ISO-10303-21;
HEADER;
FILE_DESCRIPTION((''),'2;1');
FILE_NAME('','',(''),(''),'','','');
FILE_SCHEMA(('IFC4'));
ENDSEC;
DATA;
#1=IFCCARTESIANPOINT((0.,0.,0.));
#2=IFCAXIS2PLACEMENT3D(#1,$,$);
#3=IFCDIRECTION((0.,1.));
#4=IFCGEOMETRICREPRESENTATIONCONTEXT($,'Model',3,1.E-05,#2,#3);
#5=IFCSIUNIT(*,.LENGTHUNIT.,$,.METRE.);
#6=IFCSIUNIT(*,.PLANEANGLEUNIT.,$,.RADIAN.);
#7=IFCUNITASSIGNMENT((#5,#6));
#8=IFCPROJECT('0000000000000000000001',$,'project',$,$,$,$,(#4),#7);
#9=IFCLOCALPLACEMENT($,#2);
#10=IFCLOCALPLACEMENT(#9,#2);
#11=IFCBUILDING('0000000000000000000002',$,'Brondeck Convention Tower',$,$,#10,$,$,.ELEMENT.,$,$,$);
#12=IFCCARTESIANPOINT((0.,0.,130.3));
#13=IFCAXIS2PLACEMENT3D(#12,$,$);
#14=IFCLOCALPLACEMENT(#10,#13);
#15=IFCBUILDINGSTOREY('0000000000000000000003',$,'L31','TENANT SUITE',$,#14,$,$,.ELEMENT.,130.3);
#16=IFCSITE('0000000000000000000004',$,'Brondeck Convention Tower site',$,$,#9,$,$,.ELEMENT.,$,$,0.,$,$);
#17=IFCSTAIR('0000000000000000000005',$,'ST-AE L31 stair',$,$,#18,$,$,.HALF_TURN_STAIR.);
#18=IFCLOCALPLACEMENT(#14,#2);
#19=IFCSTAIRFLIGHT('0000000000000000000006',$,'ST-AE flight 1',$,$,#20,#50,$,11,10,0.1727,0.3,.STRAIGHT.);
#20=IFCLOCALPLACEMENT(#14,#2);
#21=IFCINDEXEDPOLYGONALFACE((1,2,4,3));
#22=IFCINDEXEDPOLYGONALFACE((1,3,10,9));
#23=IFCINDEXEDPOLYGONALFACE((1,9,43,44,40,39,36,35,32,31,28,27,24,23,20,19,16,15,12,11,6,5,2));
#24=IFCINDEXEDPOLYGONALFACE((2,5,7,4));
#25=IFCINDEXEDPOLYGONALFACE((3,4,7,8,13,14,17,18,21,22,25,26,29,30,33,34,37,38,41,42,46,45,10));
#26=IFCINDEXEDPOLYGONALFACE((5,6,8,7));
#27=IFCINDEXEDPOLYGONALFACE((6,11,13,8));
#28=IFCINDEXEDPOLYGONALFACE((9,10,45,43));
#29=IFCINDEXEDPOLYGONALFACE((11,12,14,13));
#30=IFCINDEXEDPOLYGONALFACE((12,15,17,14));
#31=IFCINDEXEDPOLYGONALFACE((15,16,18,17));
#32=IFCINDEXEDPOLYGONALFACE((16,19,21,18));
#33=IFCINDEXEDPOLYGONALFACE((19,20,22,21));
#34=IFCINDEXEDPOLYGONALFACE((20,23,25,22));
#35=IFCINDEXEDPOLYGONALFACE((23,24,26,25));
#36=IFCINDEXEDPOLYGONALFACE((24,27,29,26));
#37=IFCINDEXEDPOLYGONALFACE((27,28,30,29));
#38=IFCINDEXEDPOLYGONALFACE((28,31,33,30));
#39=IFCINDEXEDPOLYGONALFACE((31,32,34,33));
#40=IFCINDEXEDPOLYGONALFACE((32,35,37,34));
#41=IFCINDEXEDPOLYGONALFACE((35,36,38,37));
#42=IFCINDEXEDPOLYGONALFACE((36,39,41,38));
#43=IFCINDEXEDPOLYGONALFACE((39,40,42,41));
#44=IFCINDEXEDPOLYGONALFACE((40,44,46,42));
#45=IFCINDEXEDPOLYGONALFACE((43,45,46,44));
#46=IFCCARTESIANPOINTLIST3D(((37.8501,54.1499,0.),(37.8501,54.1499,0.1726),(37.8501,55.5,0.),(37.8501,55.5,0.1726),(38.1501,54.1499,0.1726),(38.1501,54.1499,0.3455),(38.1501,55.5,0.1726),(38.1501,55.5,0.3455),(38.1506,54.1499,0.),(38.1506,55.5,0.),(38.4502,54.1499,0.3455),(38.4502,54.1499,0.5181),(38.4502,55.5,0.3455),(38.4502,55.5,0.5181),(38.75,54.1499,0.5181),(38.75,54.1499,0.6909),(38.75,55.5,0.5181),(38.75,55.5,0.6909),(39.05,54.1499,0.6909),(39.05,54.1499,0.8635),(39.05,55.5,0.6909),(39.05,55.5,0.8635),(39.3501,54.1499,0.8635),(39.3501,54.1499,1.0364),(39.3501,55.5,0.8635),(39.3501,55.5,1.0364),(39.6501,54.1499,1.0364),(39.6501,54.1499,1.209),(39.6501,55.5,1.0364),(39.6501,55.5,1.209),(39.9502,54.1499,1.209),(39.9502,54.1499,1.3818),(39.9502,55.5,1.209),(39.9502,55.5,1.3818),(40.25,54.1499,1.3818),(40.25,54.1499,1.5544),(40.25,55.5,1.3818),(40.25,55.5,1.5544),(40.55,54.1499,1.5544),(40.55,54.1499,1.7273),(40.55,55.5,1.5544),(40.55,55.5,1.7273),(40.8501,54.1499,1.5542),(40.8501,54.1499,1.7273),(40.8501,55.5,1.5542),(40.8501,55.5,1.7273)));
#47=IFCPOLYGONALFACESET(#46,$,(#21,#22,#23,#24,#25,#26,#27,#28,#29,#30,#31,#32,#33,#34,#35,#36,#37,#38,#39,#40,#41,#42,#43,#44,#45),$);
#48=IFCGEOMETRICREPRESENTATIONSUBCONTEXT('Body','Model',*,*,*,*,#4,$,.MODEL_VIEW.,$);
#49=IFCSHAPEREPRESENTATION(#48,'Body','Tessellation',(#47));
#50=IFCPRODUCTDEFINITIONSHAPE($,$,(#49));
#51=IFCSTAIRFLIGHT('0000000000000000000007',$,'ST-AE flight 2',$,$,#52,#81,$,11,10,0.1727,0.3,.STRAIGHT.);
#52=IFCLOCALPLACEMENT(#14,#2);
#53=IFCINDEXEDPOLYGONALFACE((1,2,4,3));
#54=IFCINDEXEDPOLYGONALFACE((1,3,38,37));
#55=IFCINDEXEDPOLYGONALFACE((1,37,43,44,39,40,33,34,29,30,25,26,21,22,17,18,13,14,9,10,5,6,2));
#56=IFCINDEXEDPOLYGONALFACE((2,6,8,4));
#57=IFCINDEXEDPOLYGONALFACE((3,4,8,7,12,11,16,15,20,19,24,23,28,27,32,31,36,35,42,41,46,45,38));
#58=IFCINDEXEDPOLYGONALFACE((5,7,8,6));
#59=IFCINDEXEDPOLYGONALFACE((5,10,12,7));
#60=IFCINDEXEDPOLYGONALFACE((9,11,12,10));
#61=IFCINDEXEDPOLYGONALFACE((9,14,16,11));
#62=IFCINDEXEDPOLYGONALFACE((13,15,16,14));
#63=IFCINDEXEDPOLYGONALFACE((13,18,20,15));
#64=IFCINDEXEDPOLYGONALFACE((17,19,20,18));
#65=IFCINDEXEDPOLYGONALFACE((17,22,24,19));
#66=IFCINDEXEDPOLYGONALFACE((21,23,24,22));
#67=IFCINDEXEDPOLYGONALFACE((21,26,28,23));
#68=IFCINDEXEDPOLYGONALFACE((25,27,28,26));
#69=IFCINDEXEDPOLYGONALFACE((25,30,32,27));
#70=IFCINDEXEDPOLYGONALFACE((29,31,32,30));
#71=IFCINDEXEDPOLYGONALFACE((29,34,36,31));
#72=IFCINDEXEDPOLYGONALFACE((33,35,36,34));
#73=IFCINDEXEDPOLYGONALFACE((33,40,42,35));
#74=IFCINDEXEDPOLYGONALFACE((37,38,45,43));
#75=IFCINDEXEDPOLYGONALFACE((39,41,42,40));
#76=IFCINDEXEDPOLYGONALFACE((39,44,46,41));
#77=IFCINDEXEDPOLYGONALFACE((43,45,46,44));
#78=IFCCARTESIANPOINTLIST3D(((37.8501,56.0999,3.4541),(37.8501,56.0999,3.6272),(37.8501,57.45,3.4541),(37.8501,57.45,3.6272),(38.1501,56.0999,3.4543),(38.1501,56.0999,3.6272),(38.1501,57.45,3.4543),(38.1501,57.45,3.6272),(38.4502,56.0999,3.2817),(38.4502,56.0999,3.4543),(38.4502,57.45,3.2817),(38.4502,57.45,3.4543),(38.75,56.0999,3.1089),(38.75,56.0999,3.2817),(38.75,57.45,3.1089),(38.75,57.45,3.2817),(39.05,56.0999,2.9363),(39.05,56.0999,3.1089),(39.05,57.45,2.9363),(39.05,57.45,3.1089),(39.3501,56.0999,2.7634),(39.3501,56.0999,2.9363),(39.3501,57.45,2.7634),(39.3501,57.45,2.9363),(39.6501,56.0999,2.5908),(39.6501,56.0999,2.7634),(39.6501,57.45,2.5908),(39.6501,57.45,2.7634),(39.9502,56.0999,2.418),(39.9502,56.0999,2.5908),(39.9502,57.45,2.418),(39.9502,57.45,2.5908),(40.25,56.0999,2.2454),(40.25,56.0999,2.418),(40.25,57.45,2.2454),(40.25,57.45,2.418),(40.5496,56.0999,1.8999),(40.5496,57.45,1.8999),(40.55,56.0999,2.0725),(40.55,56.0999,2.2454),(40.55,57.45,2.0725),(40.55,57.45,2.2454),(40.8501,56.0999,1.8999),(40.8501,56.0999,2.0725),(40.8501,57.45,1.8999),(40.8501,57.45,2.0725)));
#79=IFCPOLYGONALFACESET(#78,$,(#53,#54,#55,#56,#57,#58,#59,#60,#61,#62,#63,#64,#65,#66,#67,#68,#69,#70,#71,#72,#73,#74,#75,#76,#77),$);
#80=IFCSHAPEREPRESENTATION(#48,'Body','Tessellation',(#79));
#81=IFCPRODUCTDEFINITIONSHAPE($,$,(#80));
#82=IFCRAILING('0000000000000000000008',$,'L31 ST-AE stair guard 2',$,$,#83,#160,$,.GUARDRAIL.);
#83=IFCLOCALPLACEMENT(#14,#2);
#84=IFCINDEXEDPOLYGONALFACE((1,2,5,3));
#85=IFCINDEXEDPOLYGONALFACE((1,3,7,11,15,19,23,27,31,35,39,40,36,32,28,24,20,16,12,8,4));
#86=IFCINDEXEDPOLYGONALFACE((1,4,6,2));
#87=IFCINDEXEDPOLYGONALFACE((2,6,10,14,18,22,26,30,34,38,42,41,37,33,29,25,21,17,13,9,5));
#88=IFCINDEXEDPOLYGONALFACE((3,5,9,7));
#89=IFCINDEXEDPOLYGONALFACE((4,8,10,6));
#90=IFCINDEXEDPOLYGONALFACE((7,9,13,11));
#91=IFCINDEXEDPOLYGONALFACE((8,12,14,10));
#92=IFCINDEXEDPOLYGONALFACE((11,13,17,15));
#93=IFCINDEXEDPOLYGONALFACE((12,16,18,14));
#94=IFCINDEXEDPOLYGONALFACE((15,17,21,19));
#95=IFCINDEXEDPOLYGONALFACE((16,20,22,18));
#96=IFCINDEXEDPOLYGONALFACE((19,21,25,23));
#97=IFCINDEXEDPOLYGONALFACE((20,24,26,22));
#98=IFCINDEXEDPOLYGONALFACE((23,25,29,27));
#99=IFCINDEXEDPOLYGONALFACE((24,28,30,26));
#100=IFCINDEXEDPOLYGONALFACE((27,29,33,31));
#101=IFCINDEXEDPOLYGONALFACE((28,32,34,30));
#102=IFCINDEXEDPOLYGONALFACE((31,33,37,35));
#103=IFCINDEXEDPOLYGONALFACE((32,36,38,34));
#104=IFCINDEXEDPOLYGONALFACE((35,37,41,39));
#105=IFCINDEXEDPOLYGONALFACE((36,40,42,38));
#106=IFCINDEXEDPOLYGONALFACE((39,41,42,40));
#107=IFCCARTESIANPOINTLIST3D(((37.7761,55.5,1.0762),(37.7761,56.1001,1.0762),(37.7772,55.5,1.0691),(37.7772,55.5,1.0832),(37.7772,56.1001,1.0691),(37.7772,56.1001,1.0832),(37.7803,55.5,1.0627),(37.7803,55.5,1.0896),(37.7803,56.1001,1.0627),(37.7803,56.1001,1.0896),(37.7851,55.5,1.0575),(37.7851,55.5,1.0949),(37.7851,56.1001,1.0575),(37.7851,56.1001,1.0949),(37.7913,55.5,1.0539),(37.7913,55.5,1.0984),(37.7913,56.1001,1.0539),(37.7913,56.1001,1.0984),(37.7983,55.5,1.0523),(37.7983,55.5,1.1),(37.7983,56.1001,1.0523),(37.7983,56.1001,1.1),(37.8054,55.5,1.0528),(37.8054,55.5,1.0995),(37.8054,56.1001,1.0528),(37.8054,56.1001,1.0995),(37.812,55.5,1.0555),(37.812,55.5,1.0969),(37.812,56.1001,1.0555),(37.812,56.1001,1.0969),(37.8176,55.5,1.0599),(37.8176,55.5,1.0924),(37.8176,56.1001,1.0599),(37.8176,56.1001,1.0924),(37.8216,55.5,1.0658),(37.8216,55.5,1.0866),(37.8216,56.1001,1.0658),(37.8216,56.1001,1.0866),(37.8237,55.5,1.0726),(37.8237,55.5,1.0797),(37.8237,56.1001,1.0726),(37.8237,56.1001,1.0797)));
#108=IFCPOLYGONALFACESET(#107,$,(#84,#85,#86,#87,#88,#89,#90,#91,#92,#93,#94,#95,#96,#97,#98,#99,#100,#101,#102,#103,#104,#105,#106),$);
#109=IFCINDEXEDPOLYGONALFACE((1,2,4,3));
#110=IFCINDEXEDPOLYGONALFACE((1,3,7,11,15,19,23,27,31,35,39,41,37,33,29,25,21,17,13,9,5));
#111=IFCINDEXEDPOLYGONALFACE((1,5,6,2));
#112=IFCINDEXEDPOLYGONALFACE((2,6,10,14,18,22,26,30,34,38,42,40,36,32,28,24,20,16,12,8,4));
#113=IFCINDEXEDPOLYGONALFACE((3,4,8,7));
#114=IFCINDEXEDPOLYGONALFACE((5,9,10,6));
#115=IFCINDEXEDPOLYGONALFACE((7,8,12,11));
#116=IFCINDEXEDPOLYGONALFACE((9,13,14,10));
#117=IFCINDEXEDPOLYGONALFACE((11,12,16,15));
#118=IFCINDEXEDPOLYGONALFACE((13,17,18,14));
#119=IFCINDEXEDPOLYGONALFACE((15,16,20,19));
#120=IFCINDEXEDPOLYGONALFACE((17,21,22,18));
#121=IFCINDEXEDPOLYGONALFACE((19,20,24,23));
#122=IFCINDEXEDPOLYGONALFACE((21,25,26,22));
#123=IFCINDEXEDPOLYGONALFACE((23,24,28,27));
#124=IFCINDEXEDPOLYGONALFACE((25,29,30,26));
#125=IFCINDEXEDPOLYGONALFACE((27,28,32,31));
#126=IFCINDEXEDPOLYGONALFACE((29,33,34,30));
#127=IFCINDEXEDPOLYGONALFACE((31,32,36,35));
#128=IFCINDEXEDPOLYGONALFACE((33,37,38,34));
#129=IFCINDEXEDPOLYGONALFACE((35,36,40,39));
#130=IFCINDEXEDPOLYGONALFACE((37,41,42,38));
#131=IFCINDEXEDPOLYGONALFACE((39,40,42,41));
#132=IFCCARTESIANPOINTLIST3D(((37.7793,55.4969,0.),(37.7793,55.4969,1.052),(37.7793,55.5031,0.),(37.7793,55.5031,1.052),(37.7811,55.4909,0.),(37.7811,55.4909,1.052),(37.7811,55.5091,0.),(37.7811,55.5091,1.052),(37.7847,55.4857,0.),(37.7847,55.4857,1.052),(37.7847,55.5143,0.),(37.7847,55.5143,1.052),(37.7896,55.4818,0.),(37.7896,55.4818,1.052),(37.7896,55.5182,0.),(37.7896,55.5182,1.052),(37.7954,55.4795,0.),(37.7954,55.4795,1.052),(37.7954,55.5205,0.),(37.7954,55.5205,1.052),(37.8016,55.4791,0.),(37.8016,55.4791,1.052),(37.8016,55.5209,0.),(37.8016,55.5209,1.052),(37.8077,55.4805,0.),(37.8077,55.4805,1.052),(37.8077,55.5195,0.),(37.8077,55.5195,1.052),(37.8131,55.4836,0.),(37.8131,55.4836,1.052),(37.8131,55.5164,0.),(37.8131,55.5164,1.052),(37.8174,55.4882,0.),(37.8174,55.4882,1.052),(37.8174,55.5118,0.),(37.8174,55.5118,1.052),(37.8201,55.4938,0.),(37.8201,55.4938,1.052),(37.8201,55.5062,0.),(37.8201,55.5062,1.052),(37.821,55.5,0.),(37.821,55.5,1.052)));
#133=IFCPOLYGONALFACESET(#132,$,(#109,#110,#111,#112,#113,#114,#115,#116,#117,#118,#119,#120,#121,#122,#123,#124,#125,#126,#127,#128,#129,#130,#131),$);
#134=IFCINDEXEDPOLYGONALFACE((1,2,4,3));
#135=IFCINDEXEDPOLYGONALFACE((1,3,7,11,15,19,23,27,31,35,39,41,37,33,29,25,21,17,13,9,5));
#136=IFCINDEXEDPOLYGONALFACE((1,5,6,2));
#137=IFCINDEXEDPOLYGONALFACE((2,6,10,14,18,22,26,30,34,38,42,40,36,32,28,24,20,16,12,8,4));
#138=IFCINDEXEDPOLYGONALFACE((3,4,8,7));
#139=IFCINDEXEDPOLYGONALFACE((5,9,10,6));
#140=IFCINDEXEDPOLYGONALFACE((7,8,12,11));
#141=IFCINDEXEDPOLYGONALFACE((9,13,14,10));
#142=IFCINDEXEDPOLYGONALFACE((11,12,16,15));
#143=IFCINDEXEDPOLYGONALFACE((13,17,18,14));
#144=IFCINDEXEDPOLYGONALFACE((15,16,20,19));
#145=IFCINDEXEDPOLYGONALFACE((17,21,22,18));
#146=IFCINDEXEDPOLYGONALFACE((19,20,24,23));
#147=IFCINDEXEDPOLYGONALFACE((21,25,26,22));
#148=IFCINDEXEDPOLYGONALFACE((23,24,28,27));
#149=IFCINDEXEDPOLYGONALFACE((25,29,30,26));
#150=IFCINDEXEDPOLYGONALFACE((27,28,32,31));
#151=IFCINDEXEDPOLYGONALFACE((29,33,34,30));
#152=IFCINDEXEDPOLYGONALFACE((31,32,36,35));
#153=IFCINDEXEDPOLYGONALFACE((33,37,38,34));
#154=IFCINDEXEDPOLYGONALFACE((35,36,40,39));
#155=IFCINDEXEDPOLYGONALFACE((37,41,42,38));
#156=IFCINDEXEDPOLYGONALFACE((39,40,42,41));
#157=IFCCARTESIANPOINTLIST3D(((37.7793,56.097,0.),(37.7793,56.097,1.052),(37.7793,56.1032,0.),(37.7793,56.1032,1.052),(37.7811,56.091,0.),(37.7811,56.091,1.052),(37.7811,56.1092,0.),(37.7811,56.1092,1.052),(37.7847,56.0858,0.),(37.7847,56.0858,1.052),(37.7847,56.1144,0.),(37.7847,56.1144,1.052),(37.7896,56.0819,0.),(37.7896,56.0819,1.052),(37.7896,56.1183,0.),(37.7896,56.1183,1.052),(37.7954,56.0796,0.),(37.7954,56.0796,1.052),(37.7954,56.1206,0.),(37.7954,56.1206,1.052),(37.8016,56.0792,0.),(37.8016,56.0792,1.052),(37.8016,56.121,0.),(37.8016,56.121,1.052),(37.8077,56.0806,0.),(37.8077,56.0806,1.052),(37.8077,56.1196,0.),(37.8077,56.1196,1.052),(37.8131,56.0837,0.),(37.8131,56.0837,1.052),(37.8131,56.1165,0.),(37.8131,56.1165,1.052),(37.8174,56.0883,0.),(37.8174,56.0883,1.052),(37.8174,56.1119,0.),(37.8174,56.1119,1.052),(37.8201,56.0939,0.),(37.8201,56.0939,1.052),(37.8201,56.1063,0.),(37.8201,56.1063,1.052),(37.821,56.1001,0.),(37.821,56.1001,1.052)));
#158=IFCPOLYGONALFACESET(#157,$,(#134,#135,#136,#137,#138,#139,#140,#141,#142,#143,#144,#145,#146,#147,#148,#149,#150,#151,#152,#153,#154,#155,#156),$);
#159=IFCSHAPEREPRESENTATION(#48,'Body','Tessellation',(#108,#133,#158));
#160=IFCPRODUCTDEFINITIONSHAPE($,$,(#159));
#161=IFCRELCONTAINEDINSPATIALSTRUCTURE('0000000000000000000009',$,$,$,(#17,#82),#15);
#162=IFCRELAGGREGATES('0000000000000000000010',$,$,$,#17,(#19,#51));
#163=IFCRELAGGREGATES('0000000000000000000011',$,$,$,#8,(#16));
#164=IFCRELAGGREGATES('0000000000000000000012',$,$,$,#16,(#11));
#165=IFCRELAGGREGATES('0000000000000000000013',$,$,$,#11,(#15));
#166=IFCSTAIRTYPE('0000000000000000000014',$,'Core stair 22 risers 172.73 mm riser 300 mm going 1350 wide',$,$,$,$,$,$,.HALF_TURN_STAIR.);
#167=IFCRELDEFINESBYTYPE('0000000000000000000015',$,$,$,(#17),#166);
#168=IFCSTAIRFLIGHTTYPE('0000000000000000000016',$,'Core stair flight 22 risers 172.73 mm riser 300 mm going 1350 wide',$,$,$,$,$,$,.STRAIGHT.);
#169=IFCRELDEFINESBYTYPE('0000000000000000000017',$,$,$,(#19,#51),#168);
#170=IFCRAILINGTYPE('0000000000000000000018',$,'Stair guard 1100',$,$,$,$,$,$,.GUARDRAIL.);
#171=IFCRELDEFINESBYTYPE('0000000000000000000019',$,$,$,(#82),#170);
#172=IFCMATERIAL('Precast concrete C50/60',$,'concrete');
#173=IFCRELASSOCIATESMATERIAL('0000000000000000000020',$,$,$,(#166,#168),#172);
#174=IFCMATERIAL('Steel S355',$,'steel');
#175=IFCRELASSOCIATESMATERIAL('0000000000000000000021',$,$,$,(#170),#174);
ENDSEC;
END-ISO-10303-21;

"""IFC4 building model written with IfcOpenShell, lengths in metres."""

from ifc_helpers import new_model, si_unit, direction, frame, origin, origin_2d, place, context, subcontext, project, spatial, polyline, circle, outline, extrude, material, type_object, element, aggregate, save


model = new_model("IFC4")

# Units and contexts
model_context = context("Model", 3, precision=1e-05, world=origin(), true_north=direction((0.0, 1.0)))
body_context = subcontext(model_context, "Body", "Model", "MODEL_VIEW")
ifc_project = project(units=[si_unit("LENGTHUNIT", "METRE"), si_unit("PLANEANGLEUNIT", "RADIAN")], contexts=[model_context])

# Site, building, storey
site_placement = place(None, origin())
site = spatial("IfcSite", under=ifc_project, at=site_placement, Name="Brondeck Convention Tower site", CompositionType="ELEMENT", RefElevation=0.0)
building_placement = place(site_placement, origin())
building = spatial("IfcBuilding", under=site, at=building_placement, Name="Brondeck Convention Tower", CompositionType="ELEMENT")
storey_placement = place(building_placement, frame((0.0, 0.0, 130.3)))
storey = spatial("IfcBuildingStorey", under=building, at=storey_placement, Name="L31", Description="TENANT SUITE", CompositionType="ELEMENT", Elevation=130.3)

# Shared definitions
ifc_material_1 = material(Name="Steel S355", Category="steel")

# Stair, stair flights
ifc_material_2 = material(Name="Precast concrete C50/60", Category="concrete")
stair_type = type_object("IfcStairType", Name="Core stair 22 risers 172.73 mm riser 300 mm going 1350 wide", PredefinedType="HALF_TURN_STAIR", material=ifc_material_2)
stair_placement = place(storey_placement, origin())
stair = element("IfcStair", 1, at=stair_placement, inside=storey, type_object=stair_type, Name="ST-AE L31 stair", PredefinedType="HALF_TURN_STAIR")
stair_flight_type = type_object("IfcStairFlightType", Name="Core stair flight 22 risers 172.73 mm riser 300 mm going 1350 wide", PredefinedType="STRAIGHT", material=ifc_material_2)
stair_flight_1_placement = place(storey_placement, frame((37.8501, 54.825, 0.0), z_axis=(0.0, 0.0, 1.0), x_axis=(1.0, 0.0, 0.0)))
stair_flight_1 = element("IfcStairFlight", 2, at=stair_flight_1_placement, type_object=stair_flight_type, Name="ST-AE flight 1", NumberOfRisers=11, NumberOfTreads=10, PredefinedType="STRAIGHT", RiserHeight=0.1727, TreadLength=0.3, context=body_context, shape_type="SweptSolid", body=[
    extrude(outline(polyline([(0.0, 0.0), (0.0, 0.1726), (0.3, 0.1726), (0.3, 0.3455), (0.6001, 0.3455), (0.6001, 0.5181), (0.8999, 0.5181), (0.8999, 0.6909), (1.2, 0.6909), (1.2, 0.8635), (1.5, 0.8635), (1.5, 1.0364), (1.8, 1.0364), (1.8, 1.209), (2.1001, 1.209), (2.1001, 1.3818), (2.3999, 1.3818), (2.3999, 1.5544), (2.7, 1.5544), (2.7, 1.7273), (3.0, 1.7273), (3.0, 1.8999), (3.0, 1.5542), (0.3005, 0.0), (0.0, 0.0)])), frame((0.0, 0.675, 0.0), z_axis=(0.0, -1.0, 0.0), x_axis=(1.0, 0.0, 0.0)), (0.0, 0.0, 1.0), 1.3501),
])
stair_flight_2_placement = place(storey_placement, frame((40.8501, 56.7749, 1.8999), z_axis=(0.0, 0.0, 1.0), x_axis=(-1.0, 0.0, 0.0)))
stair_flight_2 = element("IfcStairFlight", 3, at=stair_flight_2_placement, type_object=stair_flight_type, Name="ST-AE flight 2", NumberOfRisers=11, NumberOfTreads=10, PredefinedType="STRAIGHT", RiserHeight=0.1727, TreadLength=0.3, context=body_context, shape_type="SweptSolid", body=[
    extrude(outline(polyline([(0.0, 0.0), (0.0, 0.1726), (0.3, 0.1726), (0.3, 0.3455), (0.6001, 0.3455), (0.6001, 0.5181), (0.8999, 0.5181), (0.8999, 0.6909), (1.2, 0.6909), (1.2, 0.8635), (1.5, 0.8635), (1.5, 1.0364), (1.8, 1.0364), (1.8, 1.209), (2.1001, 1.209), (2.1001, 1.3818), (2.3999, 1.3818), (2.3999, 1.5544), (2.7, 1.5544), (2.7, 1.7273), (3.0, 1.7273), (3.0, 1.8999), (3.0, 1.5542), (0.3005, 0.0), (0.0, 0.0)])), frame((0.0, 0.675, 0.0), z_axis=(0.0, -1.0, 0.0), x_axis=(1.0, 0.0, 0.0)), (0.0, 0.0, 1.0), 1.3501),
])
aggregate(stair, [stair_flight_1, stair_flight_2])

# Railing
railing_type_1 = type_object("IfcRailingType", Name="Stair guard 1100", PredefinedType="GUARDRAIL", material=ifc_material_1)
railing_1_placement = place(storey_placement, frame((37.8, 55.5, 0.0)))
element("IfcRailing", 4, at=railing_1_placement, inside=storey, type_object=railing_type_1, Name="L31 ST-AE stair guard 2", PredefinedType="GUARDRAIL", context=body_context, shape_type="SweptSolid", body=[
    extrude(circle(Radius=0.0239, at=origin_2d()), frame((0.0, 0.0, 1.0762), z_axis=(0.0, 1.0, 0.0), x_axis=(-1.0, 0.0, 0.0)), (0.0, 0.0, 1.0), 0.6001),
    extrude(circle(Radius=0.021, at=origin_2d()), origin(), (0.0, 0.0, 1.0), 1.052),
    extrude(circle(Radius=0.021, at=origin_2d()), frame((0.0, 0.6001, 0.0)), (0.0, 0.0, 1.0), 1.052),
])

save(model, "model.ifc")
